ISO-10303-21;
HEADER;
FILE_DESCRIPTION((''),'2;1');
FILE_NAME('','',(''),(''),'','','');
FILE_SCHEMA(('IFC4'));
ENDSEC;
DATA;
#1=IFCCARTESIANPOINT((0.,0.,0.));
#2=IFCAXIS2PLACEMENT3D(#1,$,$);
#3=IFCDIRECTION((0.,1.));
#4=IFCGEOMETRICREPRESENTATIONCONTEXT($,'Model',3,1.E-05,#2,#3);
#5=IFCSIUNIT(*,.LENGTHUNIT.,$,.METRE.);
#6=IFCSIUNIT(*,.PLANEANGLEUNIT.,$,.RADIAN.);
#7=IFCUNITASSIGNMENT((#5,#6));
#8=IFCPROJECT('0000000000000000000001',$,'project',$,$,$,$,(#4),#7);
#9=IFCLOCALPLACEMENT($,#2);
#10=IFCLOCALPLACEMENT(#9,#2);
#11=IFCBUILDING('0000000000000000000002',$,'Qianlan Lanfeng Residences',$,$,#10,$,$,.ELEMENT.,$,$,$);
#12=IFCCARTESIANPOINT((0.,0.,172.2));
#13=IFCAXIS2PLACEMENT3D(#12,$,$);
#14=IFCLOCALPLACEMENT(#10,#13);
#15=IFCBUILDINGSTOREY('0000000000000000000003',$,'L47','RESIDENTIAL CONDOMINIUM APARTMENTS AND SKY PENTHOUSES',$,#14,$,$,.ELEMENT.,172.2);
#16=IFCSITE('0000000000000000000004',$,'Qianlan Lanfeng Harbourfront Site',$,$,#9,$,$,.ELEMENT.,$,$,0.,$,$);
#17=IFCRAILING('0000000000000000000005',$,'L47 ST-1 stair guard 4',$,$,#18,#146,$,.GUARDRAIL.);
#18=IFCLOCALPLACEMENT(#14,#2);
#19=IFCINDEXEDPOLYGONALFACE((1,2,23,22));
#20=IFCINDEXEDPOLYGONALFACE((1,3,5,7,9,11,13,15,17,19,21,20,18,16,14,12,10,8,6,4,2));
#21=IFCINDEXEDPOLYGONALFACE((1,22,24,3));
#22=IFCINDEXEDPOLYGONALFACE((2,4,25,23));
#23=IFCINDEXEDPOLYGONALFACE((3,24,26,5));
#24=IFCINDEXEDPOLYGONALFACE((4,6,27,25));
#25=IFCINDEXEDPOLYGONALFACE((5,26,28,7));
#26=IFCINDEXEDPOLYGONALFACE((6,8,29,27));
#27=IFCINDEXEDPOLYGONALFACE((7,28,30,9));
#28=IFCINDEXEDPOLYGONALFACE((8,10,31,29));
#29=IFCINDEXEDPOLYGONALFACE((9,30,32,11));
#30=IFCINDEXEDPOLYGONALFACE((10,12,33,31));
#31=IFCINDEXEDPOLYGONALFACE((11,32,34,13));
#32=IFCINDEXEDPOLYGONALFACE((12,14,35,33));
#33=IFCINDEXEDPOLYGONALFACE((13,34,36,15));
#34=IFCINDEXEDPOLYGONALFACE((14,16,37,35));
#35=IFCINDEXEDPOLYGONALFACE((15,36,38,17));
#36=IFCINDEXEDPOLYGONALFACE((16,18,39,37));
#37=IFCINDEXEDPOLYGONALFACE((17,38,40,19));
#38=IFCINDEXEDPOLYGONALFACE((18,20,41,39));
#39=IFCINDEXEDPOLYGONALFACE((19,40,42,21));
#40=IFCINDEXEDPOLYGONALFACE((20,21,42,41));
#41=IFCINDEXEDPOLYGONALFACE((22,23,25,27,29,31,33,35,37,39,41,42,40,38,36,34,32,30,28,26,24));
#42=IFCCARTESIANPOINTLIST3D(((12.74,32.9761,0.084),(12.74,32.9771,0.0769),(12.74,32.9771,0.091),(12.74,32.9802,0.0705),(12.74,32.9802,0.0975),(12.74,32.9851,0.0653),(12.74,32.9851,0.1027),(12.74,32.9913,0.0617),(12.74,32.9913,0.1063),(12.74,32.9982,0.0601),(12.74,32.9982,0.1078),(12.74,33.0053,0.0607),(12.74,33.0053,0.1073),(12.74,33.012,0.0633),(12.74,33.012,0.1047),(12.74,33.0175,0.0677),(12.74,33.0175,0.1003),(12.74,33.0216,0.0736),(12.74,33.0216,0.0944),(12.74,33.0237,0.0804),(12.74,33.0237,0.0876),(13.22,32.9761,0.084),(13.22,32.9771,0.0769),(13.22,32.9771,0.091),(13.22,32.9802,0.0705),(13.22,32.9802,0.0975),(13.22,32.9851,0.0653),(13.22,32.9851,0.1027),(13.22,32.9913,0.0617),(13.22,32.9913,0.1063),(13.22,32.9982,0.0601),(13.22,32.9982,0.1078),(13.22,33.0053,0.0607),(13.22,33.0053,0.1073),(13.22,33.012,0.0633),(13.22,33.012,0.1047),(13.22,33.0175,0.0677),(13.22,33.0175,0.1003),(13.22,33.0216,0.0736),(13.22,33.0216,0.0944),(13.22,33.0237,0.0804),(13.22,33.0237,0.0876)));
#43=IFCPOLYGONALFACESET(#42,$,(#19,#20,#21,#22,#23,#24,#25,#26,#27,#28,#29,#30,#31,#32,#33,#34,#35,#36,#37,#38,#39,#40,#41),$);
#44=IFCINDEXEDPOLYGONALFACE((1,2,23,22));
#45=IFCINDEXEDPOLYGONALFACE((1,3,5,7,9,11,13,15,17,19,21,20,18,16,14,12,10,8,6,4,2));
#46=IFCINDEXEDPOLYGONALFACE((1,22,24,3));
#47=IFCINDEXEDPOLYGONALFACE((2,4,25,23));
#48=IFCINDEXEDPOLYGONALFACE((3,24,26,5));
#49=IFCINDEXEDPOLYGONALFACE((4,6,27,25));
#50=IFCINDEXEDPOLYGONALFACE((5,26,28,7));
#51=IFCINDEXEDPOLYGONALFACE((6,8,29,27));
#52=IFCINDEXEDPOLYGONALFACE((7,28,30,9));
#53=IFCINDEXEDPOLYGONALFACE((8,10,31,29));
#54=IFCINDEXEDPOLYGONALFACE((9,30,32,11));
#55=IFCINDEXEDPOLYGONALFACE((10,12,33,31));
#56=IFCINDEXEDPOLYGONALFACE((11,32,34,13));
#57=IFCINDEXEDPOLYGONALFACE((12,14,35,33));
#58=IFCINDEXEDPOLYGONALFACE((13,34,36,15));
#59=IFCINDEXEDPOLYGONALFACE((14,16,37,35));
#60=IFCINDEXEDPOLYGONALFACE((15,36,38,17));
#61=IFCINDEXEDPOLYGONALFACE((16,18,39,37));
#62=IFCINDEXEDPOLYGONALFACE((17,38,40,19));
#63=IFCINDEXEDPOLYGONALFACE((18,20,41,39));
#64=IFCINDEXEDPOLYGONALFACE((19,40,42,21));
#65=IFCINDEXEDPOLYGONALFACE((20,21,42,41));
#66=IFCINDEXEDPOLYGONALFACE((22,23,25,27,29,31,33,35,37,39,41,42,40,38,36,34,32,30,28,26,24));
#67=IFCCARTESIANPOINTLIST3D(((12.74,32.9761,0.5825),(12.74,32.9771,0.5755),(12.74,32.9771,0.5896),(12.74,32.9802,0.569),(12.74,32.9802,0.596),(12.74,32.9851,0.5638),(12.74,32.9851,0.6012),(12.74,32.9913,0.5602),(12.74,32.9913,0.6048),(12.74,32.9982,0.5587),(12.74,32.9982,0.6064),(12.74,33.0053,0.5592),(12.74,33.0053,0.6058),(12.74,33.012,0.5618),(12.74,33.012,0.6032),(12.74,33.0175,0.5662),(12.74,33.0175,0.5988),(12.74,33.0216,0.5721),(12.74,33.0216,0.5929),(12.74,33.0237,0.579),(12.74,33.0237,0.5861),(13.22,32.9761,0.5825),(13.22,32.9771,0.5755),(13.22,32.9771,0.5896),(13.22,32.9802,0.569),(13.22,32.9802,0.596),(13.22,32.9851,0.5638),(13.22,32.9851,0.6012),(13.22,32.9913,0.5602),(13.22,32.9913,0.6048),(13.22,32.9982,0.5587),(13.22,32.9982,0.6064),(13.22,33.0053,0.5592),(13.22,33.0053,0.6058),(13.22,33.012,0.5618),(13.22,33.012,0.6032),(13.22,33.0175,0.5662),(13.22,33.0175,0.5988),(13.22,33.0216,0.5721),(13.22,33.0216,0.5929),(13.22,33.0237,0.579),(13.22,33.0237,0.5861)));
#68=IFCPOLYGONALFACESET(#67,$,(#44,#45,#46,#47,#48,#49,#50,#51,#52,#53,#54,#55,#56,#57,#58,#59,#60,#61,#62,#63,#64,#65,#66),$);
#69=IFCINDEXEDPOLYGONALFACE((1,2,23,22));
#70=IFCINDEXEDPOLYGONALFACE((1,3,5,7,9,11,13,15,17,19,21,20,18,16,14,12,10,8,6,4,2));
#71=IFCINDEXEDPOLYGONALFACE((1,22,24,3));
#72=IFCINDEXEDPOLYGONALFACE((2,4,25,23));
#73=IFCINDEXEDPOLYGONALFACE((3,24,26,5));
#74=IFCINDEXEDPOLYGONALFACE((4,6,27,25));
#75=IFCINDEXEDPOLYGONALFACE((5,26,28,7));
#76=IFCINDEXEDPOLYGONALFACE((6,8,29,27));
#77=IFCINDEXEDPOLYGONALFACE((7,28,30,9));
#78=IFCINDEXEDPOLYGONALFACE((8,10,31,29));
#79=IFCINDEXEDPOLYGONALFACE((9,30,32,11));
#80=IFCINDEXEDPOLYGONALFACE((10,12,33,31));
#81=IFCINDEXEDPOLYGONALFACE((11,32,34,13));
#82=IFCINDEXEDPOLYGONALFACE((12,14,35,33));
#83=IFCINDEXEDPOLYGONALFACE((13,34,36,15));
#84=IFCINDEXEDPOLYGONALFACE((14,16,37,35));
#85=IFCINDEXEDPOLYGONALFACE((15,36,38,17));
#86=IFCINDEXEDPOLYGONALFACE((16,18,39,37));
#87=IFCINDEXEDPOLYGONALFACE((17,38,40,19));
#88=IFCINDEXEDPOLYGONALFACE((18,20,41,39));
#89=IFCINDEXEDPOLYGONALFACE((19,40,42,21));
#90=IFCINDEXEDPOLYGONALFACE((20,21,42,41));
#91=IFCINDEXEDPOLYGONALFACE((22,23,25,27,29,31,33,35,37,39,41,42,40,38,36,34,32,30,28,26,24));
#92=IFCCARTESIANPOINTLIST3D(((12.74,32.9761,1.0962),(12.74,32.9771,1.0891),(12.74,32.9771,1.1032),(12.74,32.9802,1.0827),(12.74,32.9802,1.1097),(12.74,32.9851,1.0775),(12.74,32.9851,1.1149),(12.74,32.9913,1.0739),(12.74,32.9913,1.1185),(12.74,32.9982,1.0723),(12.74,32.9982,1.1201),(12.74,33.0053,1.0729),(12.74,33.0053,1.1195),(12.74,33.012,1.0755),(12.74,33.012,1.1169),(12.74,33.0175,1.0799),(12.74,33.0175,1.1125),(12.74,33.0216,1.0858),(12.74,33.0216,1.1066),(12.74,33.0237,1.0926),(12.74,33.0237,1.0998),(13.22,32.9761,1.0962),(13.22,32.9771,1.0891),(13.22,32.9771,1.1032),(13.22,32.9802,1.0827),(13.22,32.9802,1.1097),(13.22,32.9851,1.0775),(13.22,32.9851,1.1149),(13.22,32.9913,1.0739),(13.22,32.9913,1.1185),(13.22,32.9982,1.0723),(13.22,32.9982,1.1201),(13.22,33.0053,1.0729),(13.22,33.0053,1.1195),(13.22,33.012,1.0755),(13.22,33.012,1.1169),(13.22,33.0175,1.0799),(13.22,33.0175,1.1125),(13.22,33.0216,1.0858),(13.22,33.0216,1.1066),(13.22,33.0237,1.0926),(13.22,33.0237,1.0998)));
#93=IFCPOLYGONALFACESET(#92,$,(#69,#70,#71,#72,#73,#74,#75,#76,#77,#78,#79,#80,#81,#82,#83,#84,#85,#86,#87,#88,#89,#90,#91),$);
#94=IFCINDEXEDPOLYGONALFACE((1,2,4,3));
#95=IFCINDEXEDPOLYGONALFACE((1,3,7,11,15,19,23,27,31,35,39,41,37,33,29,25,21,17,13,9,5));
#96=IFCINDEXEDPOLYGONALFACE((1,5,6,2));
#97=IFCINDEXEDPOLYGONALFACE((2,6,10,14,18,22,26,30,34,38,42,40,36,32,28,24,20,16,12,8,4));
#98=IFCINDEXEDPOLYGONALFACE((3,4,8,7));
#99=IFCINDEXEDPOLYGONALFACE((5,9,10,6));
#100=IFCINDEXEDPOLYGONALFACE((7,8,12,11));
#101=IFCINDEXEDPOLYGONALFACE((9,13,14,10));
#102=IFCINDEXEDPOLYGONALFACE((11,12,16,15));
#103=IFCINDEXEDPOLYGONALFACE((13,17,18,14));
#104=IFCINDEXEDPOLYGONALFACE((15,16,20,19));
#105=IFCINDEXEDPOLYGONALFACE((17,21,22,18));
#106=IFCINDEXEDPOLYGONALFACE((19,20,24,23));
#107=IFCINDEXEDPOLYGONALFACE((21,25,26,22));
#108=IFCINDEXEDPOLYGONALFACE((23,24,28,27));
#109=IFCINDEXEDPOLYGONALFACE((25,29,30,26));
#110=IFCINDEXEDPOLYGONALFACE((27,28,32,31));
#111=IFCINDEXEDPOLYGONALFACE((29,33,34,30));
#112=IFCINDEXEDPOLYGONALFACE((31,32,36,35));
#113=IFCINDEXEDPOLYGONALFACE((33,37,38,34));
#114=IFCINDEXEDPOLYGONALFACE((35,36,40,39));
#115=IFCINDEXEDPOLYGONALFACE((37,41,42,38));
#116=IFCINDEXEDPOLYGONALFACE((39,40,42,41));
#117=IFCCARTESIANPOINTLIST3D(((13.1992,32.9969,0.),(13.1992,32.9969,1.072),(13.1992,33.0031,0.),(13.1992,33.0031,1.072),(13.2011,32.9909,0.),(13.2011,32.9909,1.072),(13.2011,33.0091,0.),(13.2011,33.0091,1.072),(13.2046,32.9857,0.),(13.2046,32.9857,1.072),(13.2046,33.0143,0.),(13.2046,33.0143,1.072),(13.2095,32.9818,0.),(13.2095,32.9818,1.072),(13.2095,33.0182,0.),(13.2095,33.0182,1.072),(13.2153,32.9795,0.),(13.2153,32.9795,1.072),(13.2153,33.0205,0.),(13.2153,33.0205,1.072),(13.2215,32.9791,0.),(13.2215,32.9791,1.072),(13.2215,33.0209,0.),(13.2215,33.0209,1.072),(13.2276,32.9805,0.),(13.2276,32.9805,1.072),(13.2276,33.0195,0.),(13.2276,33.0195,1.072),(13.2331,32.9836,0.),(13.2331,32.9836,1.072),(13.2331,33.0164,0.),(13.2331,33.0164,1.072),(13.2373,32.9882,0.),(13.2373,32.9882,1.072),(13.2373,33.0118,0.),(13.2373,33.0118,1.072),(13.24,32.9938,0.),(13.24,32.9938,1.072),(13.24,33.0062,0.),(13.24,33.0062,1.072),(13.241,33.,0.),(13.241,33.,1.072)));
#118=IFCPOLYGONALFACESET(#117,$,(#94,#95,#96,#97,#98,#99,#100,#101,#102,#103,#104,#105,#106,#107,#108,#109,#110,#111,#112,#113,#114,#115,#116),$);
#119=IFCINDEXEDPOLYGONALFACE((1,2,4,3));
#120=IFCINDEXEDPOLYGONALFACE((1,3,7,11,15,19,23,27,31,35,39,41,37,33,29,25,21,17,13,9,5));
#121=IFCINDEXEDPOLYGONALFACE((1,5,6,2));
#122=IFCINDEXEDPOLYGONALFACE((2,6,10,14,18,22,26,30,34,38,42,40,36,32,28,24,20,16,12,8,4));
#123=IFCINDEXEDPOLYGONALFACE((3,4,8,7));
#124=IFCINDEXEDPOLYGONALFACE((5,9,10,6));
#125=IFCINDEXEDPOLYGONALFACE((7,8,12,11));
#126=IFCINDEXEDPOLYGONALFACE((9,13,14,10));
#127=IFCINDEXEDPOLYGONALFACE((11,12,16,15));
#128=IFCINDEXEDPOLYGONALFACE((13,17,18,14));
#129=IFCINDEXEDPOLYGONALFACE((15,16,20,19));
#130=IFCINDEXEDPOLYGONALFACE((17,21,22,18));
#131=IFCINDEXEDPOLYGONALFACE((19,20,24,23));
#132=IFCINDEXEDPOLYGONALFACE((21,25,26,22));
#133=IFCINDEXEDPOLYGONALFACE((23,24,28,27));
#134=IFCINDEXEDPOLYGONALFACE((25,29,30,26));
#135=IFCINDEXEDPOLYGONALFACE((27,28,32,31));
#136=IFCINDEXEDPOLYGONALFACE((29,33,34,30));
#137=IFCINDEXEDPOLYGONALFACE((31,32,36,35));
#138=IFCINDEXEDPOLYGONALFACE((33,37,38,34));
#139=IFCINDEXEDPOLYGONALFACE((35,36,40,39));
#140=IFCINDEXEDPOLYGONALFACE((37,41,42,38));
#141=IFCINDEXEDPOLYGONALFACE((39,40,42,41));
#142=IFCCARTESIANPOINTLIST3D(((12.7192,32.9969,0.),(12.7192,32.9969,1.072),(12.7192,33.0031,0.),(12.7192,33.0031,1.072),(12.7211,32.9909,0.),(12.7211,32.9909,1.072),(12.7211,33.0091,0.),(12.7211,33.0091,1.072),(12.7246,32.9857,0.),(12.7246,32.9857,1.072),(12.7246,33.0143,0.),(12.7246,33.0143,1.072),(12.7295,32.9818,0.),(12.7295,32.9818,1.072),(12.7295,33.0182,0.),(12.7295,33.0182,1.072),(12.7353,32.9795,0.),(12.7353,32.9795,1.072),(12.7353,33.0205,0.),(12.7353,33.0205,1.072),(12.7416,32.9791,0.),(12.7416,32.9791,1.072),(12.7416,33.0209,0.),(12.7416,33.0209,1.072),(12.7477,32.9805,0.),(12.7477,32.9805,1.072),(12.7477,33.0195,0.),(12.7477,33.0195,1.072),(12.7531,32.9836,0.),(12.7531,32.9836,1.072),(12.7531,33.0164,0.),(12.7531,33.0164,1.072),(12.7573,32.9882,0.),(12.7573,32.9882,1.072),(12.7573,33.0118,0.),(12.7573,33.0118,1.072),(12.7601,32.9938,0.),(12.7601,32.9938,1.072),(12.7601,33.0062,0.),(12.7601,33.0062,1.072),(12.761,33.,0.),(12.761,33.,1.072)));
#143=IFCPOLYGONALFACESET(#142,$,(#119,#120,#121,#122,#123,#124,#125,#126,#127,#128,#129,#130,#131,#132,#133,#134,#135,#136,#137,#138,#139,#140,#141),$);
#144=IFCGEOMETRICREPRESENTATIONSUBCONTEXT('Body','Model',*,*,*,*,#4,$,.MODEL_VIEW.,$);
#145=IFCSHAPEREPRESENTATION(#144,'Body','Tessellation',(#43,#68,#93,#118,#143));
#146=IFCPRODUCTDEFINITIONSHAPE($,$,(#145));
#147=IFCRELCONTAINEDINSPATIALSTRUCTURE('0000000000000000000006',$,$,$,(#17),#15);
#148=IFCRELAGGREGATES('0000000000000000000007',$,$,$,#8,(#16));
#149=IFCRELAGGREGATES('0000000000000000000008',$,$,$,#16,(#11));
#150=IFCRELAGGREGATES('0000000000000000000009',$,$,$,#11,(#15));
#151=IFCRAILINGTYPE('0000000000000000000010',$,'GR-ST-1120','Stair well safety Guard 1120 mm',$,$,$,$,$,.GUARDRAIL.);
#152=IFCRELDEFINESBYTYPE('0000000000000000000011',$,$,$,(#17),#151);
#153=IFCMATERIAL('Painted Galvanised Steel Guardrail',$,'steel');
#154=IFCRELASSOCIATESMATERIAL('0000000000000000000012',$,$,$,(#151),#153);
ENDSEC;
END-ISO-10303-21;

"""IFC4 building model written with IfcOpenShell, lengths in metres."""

from ifc_helpers import new_model, si_unit, direction, frame, origin, origin_2d, place, context, subcontext, project, spatial, circle, extrude, material, type_object, element, save


model = new_model("IFC4")

# Units and contexts
model_context = context("Model", 3, precision=1e-05, world=origin(), true_north=direction((0.0, 1.0)))
body_context = subcontext(model_context, "Body", "Model", "MODEL_VIEW")
ifc_project = project(units=[si_unit("LENGTHUNIT", "METRE"), si_unit("PLANEANGLEUNIT", "RADIAN")], contexts=[model_context])

# Site, building, storey
site_placement = place(None, origin())
site = spatial("IfcSite", under=ifc_project, at=site_placement, Name="Qianlan Lanfeng Harbourfront Site", CompositionType="ELEMENT", RefElevation=0.0)
building_placement = place(site_placement, origin())
building = spatial("IfcBuilding", under=site, at=building_placement, Name="Qianlan Lanfeng Residences", CompositionType="ELEMENT")
storey_placement = place(building_placement, frame((0.0, 0.0, 172.2)))
storey = spatial("IfcBuildingStorey", under=building, at=storey_placement, Name="L47", Description="RESIDENTIAL CONDOMINIUM APARTMENTS AND SKY PENTHOUSES", CompositionType="ELEMENT", Elevation=172.2)

# Railing
ifc_material_1 = material(Name="Painted Galvanised Steel Guardrail", Category="steel")
railing_type_1 = type_object("IfcRailingType", Name="GR-ST-1120", Description="Stair well safety Guard 1120 mm", PredefinedType="GUARDRAIL", material=ifc_material_1)
railing_1_placement = place(storey_placement, frame((13.22, 33.0, 0.0)))
element("IfcRailing", 1, at=railing_1_placement, inside=storey, type_object=railing_type_1, Name="L47 ST-1 stair guard 4", PredefinedType="GUARDRAIL", context=body_context, shape_type="SweptSolid", body=[
    extrude(circle(Radius=0.0239, at=origin_2d()), frame((0.0, 0.0, 0.084), z_axis=(-1.0, 0.0, 0.0), x_axis=(0.0, -1.0, 0.0)), (0.0, 0.0, 1.0), 0.48),
    extrude(circle(Radius=0.0239, at=origin_2d()), frame((0.0, 0.0, 0.5825), z_axis=(-1.0, 0.0, 0.0), x_axis=(0.0, -1.0, 0.0)), (0.0, 0.0, 1.0), 0.48),
    extrude(circle(Radius=0.0239, at=origin_2d()), frame((0.0, 0.0, 1.0962), z_axis=(-1.0, 0.0, 0.0), x_axis=(0.0, -1.0, 0.0)), (0.0, 0.0, 1.0), 0.48),
    extrude(circle(Radius=0.021, at=origin_2d()), origin(), (0.0, 0.0, 1.0), 1.072),
    extrude(circle(Radius=0.021, at=origin_2d()), frame((-0.48, 0.0, 0.0)), (0.0, 0.0, 1.0), 1.072),
])

save(model, "model.ifc")
